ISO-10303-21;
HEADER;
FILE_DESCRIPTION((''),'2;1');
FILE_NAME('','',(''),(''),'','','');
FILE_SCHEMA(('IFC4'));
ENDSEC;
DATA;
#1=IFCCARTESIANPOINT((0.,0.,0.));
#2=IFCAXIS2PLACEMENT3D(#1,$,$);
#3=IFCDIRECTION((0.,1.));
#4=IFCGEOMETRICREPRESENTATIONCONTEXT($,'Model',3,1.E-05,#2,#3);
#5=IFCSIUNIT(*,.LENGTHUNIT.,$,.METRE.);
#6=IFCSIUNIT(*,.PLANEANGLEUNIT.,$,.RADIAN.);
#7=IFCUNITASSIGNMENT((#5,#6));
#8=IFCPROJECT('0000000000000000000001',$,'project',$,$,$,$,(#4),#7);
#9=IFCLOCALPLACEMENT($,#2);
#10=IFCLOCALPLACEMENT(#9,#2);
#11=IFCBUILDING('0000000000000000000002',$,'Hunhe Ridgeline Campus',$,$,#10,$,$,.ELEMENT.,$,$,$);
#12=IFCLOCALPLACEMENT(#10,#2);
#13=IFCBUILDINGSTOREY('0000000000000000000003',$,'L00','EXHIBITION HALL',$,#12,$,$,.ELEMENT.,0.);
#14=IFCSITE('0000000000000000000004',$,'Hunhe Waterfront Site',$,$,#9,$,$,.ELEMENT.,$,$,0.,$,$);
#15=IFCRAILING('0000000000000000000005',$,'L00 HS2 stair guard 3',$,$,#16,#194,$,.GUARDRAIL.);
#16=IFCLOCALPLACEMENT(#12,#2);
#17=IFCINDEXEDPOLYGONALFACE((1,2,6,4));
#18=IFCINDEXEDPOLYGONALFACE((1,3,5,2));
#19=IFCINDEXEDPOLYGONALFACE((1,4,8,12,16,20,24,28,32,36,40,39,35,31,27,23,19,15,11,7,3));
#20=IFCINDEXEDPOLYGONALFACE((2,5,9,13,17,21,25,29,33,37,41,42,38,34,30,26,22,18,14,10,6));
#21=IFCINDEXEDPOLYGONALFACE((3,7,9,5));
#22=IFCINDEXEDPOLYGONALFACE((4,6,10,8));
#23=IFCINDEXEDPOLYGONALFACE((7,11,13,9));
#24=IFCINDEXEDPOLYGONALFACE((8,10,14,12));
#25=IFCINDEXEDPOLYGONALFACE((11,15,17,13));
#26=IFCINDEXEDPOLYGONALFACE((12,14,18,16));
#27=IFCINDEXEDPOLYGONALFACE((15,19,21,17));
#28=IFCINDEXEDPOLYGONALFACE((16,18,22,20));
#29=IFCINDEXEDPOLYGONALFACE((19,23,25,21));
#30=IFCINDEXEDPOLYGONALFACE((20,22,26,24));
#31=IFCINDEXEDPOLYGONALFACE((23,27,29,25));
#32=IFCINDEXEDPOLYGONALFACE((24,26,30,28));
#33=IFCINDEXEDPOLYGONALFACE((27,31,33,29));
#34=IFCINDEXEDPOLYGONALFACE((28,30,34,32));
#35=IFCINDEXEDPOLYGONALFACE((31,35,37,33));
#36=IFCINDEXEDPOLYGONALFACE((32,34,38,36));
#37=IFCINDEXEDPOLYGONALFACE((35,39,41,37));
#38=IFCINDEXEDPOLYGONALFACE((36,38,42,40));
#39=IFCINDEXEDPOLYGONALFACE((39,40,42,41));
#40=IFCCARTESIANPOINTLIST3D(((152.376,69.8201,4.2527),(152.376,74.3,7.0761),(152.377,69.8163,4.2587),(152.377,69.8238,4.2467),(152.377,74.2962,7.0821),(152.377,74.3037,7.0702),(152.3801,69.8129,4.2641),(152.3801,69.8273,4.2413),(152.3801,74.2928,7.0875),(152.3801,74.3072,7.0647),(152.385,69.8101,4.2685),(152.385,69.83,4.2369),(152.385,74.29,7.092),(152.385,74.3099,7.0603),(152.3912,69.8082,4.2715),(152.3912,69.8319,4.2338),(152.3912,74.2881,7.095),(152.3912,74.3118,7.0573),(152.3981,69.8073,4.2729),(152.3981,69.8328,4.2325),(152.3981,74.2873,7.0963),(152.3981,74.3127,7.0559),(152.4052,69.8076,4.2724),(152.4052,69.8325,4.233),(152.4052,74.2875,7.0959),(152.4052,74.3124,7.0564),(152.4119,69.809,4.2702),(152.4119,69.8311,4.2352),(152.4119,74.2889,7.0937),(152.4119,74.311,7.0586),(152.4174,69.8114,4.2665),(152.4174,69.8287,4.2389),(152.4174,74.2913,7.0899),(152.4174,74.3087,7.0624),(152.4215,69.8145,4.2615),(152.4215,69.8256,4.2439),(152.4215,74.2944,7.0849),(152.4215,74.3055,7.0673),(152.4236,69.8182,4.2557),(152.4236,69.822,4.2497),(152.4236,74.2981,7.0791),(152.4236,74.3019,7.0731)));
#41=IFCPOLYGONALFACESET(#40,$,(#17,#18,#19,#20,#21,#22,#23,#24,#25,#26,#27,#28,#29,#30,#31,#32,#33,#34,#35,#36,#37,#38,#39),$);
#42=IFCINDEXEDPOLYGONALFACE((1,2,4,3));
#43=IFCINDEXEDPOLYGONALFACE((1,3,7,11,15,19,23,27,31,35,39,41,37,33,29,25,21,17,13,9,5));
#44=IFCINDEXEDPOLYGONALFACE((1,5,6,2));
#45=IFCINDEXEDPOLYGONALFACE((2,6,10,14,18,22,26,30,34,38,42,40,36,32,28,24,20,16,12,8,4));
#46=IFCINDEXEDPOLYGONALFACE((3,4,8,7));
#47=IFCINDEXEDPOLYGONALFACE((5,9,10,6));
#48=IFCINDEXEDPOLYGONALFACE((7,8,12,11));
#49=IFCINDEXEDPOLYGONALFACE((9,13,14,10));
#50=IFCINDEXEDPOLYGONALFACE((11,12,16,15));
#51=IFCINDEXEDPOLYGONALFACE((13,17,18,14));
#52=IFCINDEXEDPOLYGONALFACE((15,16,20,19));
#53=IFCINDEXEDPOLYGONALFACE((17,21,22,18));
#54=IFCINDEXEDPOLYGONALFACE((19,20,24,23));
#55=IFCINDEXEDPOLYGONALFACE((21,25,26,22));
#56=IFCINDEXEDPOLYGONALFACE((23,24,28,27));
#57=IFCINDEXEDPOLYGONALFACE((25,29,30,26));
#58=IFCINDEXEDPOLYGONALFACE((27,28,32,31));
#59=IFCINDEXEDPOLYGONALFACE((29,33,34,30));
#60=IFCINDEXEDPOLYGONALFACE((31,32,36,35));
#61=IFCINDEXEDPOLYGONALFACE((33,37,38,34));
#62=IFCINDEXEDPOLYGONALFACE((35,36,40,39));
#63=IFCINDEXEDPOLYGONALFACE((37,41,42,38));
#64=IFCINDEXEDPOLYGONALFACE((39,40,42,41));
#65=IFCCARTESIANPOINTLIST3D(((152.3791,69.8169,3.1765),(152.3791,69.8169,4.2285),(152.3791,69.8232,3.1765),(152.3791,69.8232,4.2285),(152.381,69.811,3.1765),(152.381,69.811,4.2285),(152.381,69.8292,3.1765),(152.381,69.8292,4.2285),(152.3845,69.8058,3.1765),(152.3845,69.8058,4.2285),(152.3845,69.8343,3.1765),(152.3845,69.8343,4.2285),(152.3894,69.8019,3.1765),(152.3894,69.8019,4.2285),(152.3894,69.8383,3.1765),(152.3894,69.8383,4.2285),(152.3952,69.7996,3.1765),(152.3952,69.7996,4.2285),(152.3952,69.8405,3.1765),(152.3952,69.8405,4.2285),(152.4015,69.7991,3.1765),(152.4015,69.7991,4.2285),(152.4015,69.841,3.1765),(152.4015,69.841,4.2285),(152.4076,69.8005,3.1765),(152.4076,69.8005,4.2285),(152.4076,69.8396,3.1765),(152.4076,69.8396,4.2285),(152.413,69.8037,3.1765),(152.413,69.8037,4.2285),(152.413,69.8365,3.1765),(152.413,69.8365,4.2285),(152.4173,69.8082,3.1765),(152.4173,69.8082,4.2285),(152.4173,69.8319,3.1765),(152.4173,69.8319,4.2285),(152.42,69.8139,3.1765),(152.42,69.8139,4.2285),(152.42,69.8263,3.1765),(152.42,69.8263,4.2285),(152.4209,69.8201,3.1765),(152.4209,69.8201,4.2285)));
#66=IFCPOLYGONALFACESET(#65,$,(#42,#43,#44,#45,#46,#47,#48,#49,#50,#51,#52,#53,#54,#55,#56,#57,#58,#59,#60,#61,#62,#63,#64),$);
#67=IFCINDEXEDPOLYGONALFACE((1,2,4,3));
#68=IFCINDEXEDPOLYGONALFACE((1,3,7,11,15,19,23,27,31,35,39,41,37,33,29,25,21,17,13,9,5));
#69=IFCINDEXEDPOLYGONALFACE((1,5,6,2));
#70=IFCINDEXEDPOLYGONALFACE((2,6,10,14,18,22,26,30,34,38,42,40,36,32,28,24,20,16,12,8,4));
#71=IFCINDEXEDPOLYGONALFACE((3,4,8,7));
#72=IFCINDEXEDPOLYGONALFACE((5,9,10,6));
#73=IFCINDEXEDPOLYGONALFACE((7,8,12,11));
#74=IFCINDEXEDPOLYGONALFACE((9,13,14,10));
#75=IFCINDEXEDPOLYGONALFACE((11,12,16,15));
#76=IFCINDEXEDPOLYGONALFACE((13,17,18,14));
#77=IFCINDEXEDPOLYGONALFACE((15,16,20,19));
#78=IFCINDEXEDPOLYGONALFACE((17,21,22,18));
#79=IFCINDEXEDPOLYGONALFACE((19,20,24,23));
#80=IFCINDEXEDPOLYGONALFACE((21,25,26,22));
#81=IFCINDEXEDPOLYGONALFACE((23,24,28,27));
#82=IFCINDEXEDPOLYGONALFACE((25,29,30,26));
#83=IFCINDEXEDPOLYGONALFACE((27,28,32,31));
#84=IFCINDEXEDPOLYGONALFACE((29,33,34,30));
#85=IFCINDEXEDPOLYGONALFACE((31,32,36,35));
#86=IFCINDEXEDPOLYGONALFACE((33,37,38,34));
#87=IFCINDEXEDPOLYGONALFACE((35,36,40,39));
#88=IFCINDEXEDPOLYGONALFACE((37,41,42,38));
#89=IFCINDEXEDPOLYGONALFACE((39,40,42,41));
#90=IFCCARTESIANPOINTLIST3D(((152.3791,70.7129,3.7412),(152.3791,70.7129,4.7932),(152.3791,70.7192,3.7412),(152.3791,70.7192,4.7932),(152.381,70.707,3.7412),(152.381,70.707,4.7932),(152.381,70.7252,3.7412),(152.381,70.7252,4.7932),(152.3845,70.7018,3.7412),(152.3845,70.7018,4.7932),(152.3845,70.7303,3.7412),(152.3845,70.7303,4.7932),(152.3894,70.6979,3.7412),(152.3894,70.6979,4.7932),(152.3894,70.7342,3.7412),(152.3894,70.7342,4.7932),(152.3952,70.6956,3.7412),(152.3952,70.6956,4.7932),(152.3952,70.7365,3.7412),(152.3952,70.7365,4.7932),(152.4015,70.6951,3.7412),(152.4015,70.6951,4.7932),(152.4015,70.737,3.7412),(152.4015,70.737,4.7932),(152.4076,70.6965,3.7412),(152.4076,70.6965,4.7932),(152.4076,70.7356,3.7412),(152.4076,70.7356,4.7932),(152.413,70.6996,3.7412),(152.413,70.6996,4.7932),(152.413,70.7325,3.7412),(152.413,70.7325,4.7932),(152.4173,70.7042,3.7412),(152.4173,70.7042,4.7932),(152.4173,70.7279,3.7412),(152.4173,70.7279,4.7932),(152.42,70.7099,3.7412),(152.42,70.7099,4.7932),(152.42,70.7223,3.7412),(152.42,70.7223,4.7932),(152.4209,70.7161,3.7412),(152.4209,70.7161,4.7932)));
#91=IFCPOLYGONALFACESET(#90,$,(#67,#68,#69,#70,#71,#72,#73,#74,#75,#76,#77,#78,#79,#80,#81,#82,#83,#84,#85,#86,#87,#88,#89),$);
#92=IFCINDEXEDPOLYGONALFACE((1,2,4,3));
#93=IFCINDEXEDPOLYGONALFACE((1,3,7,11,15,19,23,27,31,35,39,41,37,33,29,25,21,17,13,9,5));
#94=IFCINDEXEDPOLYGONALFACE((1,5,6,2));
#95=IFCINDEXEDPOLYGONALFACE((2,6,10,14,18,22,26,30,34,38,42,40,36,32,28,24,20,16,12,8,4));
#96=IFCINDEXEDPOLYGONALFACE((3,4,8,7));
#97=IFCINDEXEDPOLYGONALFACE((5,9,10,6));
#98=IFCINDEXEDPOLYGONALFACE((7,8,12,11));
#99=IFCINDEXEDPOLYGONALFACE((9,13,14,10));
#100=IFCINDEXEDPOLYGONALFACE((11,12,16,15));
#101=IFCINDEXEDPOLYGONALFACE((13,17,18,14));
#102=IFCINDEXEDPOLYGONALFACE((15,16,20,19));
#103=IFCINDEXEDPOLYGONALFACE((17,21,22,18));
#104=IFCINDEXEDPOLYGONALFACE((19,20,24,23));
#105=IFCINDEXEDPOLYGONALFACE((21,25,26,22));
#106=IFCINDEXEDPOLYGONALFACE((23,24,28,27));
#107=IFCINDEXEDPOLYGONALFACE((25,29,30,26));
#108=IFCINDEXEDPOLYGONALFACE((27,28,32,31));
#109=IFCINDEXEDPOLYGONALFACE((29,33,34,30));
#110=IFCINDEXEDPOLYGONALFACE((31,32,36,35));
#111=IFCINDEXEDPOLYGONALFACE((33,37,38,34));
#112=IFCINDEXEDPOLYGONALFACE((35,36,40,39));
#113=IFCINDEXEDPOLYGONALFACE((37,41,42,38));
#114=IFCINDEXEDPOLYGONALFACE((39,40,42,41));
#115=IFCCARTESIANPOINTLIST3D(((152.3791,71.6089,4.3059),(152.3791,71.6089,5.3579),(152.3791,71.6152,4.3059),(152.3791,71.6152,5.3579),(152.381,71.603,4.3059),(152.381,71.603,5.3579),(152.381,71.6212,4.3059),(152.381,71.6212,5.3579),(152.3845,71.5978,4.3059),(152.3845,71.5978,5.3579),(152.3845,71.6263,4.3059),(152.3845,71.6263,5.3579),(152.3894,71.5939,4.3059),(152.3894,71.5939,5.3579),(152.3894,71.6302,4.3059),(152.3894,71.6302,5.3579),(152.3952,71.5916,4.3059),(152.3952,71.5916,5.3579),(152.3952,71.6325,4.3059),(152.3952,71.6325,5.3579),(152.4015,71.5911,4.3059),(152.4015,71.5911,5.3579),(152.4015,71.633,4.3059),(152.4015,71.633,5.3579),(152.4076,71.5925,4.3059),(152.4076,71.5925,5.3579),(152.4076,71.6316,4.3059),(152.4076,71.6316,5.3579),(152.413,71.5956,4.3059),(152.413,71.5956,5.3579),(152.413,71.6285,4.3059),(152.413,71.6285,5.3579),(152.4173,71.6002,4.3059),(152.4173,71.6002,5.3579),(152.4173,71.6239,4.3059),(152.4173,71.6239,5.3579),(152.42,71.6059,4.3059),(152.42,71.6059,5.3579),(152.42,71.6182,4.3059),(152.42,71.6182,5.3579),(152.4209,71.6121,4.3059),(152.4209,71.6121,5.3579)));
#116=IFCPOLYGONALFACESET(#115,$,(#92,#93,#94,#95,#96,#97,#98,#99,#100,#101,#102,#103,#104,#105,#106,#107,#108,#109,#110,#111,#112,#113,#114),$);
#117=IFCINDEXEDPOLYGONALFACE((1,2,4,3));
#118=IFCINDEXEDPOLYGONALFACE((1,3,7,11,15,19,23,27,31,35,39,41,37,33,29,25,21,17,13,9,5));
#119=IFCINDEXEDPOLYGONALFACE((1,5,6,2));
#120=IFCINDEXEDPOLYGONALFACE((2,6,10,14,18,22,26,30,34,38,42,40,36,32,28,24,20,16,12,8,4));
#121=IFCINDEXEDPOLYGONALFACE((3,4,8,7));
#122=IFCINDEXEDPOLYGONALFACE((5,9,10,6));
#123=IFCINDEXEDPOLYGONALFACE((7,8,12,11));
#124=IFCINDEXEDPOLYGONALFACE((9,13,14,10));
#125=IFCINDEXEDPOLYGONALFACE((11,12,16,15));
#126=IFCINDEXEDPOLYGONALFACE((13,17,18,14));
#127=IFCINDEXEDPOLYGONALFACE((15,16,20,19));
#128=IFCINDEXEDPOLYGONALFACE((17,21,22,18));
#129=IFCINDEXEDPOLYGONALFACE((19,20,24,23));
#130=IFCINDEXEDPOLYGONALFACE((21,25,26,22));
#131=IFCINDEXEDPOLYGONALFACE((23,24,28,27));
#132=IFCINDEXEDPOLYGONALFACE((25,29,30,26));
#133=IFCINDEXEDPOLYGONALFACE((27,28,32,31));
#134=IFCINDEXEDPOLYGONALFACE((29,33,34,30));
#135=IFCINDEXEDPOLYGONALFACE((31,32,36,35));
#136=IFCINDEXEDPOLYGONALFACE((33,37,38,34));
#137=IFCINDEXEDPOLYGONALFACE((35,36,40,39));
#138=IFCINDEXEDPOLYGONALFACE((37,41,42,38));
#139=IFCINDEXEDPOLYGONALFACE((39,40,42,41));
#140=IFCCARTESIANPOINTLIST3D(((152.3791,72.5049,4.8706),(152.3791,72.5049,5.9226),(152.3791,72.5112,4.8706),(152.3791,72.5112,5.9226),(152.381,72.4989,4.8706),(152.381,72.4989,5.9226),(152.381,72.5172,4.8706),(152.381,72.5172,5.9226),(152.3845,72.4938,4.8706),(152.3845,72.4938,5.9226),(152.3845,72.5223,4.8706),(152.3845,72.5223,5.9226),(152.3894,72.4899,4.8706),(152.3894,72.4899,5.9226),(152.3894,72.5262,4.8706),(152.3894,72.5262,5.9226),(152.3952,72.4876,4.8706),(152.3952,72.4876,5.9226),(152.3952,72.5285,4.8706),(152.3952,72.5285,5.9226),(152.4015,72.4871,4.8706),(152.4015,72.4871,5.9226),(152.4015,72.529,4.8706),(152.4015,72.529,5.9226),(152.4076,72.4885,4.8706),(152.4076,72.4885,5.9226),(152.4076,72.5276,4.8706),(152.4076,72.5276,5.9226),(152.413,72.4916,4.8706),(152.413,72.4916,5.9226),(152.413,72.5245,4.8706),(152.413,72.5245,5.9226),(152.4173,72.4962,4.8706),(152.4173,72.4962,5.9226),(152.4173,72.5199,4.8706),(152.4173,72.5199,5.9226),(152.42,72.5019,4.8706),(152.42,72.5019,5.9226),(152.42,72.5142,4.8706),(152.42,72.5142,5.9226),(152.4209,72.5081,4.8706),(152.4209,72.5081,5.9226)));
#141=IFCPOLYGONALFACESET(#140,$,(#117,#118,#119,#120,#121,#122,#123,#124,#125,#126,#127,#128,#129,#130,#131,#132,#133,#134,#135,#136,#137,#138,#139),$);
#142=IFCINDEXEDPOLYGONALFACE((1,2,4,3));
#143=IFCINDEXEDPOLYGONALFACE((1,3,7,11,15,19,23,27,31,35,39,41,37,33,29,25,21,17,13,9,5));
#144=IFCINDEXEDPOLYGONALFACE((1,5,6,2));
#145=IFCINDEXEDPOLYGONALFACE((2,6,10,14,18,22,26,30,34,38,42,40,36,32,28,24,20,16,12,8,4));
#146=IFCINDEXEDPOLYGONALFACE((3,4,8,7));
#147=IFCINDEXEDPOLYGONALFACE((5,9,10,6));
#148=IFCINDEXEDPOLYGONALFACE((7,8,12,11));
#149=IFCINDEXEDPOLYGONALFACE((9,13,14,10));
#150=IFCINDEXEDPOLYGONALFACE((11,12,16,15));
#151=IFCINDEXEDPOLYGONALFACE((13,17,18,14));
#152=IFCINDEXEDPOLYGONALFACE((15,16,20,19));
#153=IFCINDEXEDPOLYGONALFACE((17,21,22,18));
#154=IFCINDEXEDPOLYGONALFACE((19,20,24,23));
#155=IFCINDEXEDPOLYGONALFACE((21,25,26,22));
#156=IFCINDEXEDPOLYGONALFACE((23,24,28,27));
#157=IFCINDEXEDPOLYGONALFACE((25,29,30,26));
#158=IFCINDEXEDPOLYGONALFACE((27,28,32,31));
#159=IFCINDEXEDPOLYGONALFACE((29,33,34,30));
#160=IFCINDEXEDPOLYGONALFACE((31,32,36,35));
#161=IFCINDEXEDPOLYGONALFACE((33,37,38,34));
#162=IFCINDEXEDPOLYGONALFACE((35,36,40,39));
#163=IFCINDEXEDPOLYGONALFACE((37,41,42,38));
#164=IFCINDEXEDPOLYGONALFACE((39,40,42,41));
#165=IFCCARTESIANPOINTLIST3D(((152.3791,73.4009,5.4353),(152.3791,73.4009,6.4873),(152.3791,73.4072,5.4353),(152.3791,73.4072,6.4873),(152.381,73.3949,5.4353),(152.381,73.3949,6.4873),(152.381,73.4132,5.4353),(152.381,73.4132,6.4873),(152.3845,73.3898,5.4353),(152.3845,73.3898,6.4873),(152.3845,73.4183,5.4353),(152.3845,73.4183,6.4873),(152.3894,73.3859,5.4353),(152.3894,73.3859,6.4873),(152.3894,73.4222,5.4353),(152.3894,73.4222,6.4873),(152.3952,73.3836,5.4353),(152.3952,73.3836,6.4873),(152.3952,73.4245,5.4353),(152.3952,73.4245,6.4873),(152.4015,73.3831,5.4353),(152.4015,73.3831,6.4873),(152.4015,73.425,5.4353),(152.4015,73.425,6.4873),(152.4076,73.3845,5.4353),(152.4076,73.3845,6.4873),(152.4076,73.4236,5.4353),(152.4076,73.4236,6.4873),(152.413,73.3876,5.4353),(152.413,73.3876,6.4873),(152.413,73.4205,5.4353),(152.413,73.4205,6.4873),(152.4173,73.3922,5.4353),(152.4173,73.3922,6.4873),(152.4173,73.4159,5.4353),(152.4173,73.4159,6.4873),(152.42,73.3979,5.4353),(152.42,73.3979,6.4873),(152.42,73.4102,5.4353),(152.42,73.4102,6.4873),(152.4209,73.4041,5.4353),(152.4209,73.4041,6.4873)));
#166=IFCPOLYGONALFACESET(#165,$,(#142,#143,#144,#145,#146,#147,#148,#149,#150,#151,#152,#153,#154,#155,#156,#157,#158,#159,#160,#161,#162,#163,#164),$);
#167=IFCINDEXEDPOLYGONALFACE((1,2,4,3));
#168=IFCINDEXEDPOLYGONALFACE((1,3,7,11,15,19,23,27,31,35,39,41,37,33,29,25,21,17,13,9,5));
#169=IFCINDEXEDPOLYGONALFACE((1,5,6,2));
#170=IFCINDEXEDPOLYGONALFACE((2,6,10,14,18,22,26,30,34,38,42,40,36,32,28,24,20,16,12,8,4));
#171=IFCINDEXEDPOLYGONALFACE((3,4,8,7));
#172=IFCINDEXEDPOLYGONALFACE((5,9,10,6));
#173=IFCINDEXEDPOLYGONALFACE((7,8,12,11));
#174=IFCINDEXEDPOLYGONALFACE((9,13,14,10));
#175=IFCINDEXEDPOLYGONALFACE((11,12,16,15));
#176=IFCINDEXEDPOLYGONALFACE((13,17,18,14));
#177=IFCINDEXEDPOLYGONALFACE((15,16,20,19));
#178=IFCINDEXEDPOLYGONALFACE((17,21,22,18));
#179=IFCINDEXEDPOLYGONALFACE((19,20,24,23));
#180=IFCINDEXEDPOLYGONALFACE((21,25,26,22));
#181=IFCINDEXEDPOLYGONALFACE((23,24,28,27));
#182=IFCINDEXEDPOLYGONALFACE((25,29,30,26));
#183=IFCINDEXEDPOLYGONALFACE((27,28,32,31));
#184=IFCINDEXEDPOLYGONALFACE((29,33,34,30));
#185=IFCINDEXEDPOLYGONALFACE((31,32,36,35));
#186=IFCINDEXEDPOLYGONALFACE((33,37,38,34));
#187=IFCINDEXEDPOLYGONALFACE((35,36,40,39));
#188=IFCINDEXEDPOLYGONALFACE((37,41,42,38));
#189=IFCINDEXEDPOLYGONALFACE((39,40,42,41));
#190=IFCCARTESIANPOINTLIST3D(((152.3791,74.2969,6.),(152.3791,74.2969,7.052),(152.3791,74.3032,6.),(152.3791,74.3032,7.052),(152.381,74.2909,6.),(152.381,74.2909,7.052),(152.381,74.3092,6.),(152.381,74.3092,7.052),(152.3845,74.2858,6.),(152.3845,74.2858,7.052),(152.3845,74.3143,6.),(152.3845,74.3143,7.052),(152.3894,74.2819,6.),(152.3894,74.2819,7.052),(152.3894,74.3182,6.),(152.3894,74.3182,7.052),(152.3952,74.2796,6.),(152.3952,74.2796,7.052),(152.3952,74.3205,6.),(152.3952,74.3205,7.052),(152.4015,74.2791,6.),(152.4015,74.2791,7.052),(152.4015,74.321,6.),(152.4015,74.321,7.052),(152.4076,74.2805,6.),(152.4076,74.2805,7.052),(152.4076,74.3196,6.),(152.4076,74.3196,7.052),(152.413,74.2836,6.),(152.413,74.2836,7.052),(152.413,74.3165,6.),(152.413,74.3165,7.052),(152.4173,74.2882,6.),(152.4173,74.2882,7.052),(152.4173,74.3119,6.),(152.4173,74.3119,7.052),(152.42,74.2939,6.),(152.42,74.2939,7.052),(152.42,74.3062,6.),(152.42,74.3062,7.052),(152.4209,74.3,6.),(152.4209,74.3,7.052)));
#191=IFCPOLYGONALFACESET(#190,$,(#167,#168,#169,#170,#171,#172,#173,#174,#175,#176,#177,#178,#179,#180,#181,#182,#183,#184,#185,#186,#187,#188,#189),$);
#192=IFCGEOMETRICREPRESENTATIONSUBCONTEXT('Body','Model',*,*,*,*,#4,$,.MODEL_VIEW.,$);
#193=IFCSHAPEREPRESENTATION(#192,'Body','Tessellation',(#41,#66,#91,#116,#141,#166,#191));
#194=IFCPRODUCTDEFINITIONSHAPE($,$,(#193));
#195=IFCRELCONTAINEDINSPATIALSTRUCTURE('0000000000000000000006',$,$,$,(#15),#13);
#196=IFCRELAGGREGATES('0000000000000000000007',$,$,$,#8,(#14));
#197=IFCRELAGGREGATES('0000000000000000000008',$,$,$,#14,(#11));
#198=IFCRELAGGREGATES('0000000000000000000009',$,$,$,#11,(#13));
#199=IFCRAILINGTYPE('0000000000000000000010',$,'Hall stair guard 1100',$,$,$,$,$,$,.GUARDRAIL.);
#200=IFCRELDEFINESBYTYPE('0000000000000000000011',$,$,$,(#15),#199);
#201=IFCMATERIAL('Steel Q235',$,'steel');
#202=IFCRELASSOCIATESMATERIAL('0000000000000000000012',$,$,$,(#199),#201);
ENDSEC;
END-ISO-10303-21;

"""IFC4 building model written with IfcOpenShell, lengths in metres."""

from ifc_helpers import new_model, si_unit, direction, frame, origin, origin_2d, place, context, subcontext, project, spatial, circle, extrude, material, type_object, element, save


model = new_model("IFC4")

# Units and contexts
model_context = context("Model", 3, precision=1e-05, world=origin(), true_north=direction((0.0, 1.0)))
body_context = subcontext(model_context, "Body", "Model", "MODEL_VIEW")
ifc_project = project(units=[si_unit("LENGTHUNIT", "METRE"), si_unit("PLANEANGLEUNIT", "RADIAN")], contexts=[model_context])

# Site, building, storey
site_placement = place(None, origin())
site = spatial("IfcSite", under=ifc_project, at=site_placement, Name="Hunhe Waterfront Site", CompositionType="ELEMENT", RefElevation=0.0)
building_placement = place(site_placement, origin())
building = spatial("IfcBuilding", under=site, at=building_placement, Name="Hunhe Ridgeline Campus", CompositionType="ELEMENT")
storey_placement = place(building_placement, origin())
storey = spatial("IfcBuildingStorey", under=building, at=storey_placement, Name="L00", Description="EXHIBITION HALL", CompositionType="ELEMENT", Elevation=0.0)

# Shared definitions
ifc_material_1 = material(Name="Steel Q235", Category="steel")

# Railing
railing_type_1 = type_object("IfcRailingType", Name="Hall stair guard 1100", PredefinedType="GUARDRAIL", material=ifc_material_1)
railing_1_placement = place(storey_placement, frame((152.3999, 69.8201, 3.1765)))
element("IfcRailing", 1, at=railing_1_placement, inside=storey, type_object=railing_type_1, Name="L00 HS2 stair guard 3", PredefinedType="GUARDRAIL", context=body_context, shape_type="SweptSolid", body=[
    extrude(circle(Radius=0.0239, at=origin_2d()), frame((0.0, 0.0, 1.0762), z_axis=(0.0, 0.845998, 0.533186), x_axis=(-1.0, 0.0, 0.0)), (0.0, 0.0, 1.0), 5.2954),
    extrude(circle(Radius=0.021, at=origin_2d()), origin(), (0.0, 0.0, 1.0), 1.052),
    extrude(circle(Radius=0.021, at=origin_2d()), frame((0.0, 0.896, 0.5647)), (0.0, 0.0, 1.0), 1.052),
    extrude(circle(Radius=0.021, at=origin_2d()), frame((0.0, 1.792, 1.1294)), (0.0, 0.0, 1.0), 1.052),
    extrude(circle(Radius=0.021, at=origin_2d()), frame((0.0, 2.688, 1.6941)), (0.0, 0.0, 1.0), 1.052),
    extrude(circle(Radius=0.021, at=origin_2d()), frame((0.0, 3.584, 2.2588)), (0.0, 0.0, 1.0), 1.052),
    extrude(circle(Radius=0.021, at=origin_2d()), frame((0.0, 4.48, 2.8235)), (0.0, 0.0, 1.0), 1.052),
])

save(model, "model.ifc")
